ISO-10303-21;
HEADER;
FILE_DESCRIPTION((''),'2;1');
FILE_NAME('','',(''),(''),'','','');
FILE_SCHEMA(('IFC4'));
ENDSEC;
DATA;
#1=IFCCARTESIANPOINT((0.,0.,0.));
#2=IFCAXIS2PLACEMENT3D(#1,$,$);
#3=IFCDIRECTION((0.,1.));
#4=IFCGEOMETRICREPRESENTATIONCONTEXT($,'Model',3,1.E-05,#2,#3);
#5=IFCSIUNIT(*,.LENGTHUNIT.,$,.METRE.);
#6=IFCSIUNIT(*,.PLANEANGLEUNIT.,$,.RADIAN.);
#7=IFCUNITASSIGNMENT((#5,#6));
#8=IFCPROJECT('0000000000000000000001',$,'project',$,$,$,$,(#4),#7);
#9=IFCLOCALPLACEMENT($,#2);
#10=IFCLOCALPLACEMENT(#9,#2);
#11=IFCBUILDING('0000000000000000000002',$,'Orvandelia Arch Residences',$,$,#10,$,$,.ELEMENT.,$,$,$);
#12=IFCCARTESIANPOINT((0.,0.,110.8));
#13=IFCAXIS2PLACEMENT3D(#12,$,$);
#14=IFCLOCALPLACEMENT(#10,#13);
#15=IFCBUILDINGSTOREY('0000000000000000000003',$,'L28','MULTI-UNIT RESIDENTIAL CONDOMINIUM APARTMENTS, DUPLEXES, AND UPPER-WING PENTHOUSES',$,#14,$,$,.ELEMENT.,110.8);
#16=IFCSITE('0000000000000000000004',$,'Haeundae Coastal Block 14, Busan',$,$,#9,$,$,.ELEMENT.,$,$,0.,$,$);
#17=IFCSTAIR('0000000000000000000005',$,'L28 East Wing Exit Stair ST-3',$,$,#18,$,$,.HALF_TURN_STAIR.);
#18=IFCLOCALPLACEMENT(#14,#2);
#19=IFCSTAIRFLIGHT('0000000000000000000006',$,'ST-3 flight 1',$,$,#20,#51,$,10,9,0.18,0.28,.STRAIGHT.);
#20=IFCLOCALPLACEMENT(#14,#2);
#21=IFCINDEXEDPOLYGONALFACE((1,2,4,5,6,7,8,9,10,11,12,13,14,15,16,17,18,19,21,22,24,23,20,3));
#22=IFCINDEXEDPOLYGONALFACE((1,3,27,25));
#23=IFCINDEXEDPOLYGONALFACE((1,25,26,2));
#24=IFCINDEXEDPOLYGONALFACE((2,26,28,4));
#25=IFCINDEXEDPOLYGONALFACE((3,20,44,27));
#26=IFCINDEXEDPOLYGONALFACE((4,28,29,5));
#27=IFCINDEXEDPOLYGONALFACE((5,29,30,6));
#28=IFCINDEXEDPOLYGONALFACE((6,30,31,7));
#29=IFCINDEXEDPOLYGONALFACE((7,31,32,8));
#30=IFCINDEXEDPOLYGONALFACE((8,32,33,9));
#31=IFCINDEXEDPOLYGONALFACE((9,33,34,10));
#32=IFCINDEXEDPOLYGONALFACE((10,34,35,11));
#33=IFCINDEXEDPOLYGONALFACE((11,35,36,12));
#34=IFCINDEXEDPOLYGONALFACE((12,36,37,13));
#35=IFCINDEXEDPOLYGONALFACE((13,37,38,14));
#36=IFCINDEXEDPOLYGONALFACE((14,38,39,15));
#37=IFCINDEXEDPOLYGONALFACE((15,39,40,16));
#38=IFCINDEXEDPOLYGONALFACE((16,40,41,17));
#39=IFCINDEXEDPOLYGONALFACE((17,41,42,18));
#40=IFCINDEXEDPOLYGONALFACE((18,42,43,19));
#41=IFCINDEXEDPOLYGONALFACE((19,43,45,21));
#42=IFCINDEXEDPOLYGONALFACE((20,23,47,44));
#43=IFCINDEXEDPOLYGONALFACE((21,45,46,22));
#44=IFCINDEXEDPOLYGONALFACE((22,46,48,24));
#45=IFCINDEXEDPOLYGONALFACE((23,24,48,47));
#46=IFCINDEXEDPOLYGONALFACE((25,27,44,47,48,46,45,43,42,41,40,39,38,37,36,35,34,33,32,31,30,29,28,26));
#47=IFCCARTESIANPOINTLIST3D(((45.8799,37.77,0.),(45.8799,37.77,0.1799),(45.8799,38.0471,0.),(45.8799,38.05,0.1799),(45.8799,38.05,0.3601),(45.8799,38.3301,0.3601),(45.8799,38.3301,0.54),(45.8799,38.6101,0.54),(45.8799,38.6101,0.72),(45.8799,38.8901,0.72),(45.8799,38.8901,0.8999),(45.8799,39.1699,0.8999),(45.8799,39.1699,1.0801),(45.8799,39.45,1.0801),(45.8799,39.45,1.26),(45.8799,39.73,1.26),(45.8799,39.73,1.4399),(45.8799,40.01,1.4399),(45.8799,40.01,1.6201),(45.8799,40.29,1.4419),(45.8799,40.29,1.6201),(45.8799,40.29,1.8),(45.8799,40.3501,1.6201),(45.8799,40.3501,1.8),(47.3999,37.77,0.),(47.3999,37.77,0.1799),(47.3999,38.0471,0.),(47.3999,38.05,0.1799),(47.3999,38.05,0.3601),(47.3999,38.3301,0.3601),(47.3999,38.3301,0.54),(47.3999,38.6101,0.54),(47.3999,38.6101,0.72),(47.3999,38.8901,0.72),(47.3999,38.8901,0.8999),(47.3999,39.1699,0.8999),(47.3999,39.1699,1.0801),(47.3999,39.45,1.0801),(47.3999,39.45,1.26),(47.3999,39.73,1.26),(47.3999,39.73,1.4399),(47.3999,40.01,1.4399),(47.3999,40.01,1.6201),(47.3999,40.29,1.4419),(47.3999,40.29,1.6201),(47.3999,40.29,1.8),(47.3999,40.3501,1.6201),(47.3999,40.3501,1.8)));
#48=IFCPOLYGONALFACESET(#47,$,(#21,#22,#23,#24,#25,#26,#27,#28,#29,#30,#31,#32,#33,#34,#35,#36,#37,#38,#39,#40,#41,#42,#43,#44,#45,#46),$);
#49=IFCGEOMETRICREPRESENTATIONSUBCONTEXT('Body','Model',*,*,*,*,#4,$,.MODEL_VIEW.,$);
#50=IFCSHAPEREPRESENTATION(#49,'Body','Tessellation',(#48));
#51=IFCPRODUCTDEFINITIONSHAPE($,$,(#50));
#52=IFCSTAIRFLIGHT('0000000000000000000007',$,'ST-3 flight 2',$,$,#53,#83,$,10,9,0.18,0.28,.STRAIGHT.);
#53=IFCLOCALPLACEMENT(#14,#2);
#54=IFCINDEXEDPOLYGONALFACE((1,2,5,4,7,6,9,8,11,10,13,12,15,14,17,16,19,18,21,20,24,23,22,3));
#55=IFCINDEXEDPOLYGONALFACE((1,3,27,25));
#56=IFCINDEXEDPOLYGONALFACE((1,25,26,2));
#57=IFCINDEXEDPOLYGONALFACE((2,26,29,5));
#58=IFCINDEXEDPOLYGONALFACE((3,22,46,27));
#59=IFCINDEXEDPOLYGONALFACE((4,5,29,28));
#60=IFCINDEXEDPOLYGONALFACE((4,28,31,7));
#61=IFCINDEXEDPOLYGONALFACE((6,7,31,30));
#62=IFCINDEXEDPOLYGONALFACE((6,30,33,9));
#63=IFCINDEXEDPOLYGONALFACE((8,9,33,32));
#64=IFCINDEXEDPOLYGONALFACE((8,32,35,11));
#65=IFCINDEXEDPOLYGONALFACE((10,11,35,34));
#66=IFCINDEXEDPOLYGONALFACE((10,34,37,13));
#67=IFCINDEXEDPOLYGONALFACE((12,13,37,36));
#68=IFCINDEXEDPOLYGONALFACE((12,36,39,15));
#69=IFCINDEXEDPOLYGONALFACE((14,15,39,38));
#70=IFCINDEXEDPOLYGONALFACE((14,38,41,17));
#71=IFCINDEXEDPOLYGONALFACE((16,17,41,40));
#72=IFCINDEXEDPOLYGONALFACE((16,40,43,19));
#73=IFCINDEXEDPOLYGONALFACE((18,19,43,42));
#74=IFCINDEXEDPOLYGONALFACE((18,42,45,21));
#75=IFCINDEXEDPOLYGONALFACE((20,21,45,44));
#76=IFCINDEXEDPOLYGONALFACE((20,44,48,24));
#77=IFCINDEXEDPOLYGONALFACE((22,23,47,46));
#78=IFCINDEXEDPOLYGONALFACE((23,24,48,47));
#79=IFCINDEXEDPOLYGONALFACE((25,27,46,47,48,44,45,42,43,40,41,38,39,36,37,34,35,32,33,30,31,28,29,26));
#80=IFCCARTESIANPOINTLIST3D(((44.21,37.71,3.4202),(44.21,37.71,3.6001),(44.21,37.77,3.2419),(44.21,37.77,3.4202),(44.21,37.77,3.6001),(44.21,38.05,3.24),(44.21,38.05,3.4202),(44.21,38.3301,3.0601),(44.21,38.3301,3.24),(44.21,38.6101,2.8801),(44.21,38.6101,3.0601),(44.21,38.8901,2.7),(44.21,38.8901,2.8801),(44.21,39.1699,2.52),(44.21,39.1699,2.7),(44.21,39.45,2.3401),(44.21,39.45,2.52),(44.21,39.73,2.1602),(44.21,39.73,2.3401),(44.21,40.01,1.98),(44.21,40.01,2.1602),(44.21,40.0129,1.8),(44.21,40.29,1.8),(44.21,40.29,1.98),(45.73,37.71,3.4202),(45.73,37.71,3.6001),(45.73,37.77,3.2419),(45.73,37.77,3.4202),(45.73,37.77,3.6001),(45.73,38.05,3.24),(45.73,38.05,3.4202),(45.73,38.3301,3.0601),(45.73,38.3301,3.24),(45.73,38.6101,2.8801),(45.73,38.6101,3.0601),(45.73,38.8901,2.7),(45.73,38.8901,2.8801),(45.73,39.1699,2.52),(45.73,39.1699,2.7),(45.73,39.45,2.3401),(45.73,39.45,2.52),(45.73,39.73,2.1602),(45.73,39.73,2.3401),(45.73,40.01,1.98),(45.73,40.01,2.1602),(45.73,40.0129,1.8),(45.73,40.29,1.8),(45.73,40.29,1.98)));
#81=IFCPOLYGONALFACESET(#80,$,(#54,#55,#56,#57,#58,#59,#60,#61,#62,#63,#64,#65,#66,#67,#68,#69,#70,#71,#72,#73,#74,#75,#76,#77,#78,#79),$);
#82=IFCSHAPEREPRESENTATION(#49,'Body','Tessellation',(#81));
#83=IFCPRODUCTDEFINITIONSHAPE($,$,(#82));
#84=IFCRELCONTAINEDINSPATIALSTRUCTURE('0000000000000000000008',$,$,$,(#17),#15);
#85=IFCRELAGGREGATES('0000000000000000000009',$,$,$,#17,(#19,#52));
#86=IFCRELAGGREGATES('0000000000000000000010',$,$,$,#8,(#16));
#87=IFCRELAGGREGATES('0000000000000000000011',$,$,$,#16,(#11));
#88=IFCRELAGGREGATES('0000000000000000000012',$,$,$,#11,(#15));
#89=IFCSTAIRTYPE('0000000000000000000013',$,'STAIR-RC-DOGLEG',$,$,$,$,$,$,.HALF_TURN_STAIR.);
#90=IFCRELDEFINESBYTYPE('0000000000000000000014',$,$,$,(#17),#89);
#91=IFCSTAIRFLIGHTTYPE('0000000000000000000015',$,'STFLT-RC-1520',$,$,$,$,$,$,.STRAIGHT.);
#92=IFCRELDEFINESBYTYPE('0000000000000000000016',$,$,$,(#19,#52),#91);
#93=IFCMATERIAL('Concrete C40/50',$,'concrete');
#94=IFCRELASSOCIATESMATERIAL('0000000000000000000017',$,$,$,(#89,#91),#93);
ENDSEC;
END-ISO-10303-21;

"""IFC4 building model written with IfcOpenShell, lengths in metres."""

from ifc_helpers import new_model, si_unit, direction, frame, origin, place, context, subcontext, project, spatial, polyline, outline, extrude, material, type_object, element, aggregate, save


model = new_model("IFC4")

# Units and contexts
model_context = context("Model", 3, precision=1e-05, world=origin(), true_north=direction((0.0, 1.0)))
body_context = subcontext(model_context, "Body", "Model", "MODEL_VIEW")
ifc_project = project(units=[si_unit("LENGTHUNIT", "METRE"), si_unit("PLANEANGLEUNIT", "RADIAN")], contexts=[model_context])

# Site, building, storey
site_placement = place(None, origin())
site = spatial("IfcSite", under=ifc_project, at=site_placement, Name="Haeundae Coastal Block 14, Busan", CompositionType="ELEMENT", RefElevation=0.0)
building_placement = place(site_placement, origin())
building = spatial("IfcBuilding", under=site, at=building_placement, Name="Orvandelia Arch Residences", CompositionType="ELEMENT")
storey_placement = place(building_placement, frame((0.0, 0.0, 110.8)))
storey = spatial("IfcBuildingStorey", under=building, at=storey_placement, Name="L28", Description="MULTI-UNIT RESIDENTIAL CONDOMINIUM APARTMENTS, DUPLEXES, AND UPPER-WING PENTHOUSES", CompositionType="ELEMENT", Elevation=110.8)

# Stair, stair flights
ifc_material_1 = material(Name="Concrete C40/50", Category="concrete")
stair_type = type_object("IfcStairType", Name="STAIR-RC-DOGLEG", PredefinedType="HALF_TURN_STAIR", material=ifc_material_1)
stair_placement = place(storey_placement, origin())
stair = element("IfcStair", 1, at=stair_placement, inside=storey, type_object=stair_type, Name="L28 East Wing Exit Stair ST-3", PredefinedType="HALF_TURN_STAIR")
stair_flight_type = type_object("IfcStairFlightType", Name="STFLT-RC-1520", PredefinedType="STRAIGHT", material=ifc_material_1)
stair_flight_1_placement = place(storey_placement, frame((46.6399, 37.77, 0.0), z_axis=(0.0, 0.0, 1.0), x_axis=(0.0, 1.0, 0.0)))
stair_flight_1 = element("IfcStairFlight", 2, at=stair_flight_1_placement, type_object=stair_flight_type, Name="ST-3 flight 1", NumberOfRisers=10, NumberOfTreads=9, PredefinedType="STRAIGHT", RiserHeight=0.18, TreadLength=0.28, context=body_context, shape_type="SweptSolid", body=[
    extrude(outline(polyline([(0.0, 0.0), (0.0, 0.1799), (0.28, 0.1799), (0.28, 0.3601), (0.5601, 0.3601), (0.5601, 0.54), (0.8401, 0.54), (0.8401, 0.72), (1.1201, 0.72), (1.1201, 0.8999), (1.3999, 0.8999), (1.3999, 1.0801), (1.6799, 1.0801), (1.6799, 1.26), (1.96, 1.26), (1.96, 1.4399), (2.24, 1.4399), (2.24, 1.6201), (2.52, 1.6201), (2.52, 1.8), (2.5801, 1.8), (2.5801, 1.6201), (2.52, 1.4419), (0.2771, 0.0), (0.0, 0.0)])), frame((0.0, 0.76, 0.0), z_axis=(0.0, -1.0, 0.0), x_axis=(1.0, 0.0, 0.0)), (0.0, 0.0, 1.0), 1.52),
])
stair_flight_2_placement = place(storey_placement, frame((44.97, 40.29, 1.8), z_axis=(0.0, 0.0, 1.0), x_axis=(0.0, -1.0, 0.0)))
stair_flight_2 = element("IfcStairFlight", 3, at=stair_flight_2_placement, type_object=stair_flight_type, Name="ST-3 flight 2", NumberOfRisers=10, NumberOfTreads=9, PredefinedType="STRAIGHT", RiserHeight=0.18, TreadLength=0.28, context=body_context, shape_type="SweptSolid", body=[
    extrude(outline(polyline([(0.0, 0.0), (0.0, 0.1799), (0.28, 0.1799), (0.28, 0.3601), (0.5601, 0.3601), (0.5601, 0.54), (0.8401, 0.54), (0.8401, 0.72), (1.1201, 0.72), (1.1201, 0.8999), (1.3999, 0.8999), (1.3999, 1.0801), (1.6799, 1.0801), (1.6799, 1.26), (1.96, 1.26), (1.96, 1.4399), (2.24, 1.4399), (2.24, 1.6201), (2.52, 1.6201), (2.52, 1.8), (2.5801, 1.8), (2.5801, 1.6201), (2.52, 1.4419), (0.2771, 0.0), (0.0, 0.0)])), frame((0.0, 0.76, 0.0), z_axis=(0.0, -1.0, 0.0), x_axis=(1.0, 0.0, 0.0)), (0.0, 0.0, 1.0), 1.52),
])
aggregate(stair, [stair_flight_1, stair_flight_2])

save(model, "model.ifc")
